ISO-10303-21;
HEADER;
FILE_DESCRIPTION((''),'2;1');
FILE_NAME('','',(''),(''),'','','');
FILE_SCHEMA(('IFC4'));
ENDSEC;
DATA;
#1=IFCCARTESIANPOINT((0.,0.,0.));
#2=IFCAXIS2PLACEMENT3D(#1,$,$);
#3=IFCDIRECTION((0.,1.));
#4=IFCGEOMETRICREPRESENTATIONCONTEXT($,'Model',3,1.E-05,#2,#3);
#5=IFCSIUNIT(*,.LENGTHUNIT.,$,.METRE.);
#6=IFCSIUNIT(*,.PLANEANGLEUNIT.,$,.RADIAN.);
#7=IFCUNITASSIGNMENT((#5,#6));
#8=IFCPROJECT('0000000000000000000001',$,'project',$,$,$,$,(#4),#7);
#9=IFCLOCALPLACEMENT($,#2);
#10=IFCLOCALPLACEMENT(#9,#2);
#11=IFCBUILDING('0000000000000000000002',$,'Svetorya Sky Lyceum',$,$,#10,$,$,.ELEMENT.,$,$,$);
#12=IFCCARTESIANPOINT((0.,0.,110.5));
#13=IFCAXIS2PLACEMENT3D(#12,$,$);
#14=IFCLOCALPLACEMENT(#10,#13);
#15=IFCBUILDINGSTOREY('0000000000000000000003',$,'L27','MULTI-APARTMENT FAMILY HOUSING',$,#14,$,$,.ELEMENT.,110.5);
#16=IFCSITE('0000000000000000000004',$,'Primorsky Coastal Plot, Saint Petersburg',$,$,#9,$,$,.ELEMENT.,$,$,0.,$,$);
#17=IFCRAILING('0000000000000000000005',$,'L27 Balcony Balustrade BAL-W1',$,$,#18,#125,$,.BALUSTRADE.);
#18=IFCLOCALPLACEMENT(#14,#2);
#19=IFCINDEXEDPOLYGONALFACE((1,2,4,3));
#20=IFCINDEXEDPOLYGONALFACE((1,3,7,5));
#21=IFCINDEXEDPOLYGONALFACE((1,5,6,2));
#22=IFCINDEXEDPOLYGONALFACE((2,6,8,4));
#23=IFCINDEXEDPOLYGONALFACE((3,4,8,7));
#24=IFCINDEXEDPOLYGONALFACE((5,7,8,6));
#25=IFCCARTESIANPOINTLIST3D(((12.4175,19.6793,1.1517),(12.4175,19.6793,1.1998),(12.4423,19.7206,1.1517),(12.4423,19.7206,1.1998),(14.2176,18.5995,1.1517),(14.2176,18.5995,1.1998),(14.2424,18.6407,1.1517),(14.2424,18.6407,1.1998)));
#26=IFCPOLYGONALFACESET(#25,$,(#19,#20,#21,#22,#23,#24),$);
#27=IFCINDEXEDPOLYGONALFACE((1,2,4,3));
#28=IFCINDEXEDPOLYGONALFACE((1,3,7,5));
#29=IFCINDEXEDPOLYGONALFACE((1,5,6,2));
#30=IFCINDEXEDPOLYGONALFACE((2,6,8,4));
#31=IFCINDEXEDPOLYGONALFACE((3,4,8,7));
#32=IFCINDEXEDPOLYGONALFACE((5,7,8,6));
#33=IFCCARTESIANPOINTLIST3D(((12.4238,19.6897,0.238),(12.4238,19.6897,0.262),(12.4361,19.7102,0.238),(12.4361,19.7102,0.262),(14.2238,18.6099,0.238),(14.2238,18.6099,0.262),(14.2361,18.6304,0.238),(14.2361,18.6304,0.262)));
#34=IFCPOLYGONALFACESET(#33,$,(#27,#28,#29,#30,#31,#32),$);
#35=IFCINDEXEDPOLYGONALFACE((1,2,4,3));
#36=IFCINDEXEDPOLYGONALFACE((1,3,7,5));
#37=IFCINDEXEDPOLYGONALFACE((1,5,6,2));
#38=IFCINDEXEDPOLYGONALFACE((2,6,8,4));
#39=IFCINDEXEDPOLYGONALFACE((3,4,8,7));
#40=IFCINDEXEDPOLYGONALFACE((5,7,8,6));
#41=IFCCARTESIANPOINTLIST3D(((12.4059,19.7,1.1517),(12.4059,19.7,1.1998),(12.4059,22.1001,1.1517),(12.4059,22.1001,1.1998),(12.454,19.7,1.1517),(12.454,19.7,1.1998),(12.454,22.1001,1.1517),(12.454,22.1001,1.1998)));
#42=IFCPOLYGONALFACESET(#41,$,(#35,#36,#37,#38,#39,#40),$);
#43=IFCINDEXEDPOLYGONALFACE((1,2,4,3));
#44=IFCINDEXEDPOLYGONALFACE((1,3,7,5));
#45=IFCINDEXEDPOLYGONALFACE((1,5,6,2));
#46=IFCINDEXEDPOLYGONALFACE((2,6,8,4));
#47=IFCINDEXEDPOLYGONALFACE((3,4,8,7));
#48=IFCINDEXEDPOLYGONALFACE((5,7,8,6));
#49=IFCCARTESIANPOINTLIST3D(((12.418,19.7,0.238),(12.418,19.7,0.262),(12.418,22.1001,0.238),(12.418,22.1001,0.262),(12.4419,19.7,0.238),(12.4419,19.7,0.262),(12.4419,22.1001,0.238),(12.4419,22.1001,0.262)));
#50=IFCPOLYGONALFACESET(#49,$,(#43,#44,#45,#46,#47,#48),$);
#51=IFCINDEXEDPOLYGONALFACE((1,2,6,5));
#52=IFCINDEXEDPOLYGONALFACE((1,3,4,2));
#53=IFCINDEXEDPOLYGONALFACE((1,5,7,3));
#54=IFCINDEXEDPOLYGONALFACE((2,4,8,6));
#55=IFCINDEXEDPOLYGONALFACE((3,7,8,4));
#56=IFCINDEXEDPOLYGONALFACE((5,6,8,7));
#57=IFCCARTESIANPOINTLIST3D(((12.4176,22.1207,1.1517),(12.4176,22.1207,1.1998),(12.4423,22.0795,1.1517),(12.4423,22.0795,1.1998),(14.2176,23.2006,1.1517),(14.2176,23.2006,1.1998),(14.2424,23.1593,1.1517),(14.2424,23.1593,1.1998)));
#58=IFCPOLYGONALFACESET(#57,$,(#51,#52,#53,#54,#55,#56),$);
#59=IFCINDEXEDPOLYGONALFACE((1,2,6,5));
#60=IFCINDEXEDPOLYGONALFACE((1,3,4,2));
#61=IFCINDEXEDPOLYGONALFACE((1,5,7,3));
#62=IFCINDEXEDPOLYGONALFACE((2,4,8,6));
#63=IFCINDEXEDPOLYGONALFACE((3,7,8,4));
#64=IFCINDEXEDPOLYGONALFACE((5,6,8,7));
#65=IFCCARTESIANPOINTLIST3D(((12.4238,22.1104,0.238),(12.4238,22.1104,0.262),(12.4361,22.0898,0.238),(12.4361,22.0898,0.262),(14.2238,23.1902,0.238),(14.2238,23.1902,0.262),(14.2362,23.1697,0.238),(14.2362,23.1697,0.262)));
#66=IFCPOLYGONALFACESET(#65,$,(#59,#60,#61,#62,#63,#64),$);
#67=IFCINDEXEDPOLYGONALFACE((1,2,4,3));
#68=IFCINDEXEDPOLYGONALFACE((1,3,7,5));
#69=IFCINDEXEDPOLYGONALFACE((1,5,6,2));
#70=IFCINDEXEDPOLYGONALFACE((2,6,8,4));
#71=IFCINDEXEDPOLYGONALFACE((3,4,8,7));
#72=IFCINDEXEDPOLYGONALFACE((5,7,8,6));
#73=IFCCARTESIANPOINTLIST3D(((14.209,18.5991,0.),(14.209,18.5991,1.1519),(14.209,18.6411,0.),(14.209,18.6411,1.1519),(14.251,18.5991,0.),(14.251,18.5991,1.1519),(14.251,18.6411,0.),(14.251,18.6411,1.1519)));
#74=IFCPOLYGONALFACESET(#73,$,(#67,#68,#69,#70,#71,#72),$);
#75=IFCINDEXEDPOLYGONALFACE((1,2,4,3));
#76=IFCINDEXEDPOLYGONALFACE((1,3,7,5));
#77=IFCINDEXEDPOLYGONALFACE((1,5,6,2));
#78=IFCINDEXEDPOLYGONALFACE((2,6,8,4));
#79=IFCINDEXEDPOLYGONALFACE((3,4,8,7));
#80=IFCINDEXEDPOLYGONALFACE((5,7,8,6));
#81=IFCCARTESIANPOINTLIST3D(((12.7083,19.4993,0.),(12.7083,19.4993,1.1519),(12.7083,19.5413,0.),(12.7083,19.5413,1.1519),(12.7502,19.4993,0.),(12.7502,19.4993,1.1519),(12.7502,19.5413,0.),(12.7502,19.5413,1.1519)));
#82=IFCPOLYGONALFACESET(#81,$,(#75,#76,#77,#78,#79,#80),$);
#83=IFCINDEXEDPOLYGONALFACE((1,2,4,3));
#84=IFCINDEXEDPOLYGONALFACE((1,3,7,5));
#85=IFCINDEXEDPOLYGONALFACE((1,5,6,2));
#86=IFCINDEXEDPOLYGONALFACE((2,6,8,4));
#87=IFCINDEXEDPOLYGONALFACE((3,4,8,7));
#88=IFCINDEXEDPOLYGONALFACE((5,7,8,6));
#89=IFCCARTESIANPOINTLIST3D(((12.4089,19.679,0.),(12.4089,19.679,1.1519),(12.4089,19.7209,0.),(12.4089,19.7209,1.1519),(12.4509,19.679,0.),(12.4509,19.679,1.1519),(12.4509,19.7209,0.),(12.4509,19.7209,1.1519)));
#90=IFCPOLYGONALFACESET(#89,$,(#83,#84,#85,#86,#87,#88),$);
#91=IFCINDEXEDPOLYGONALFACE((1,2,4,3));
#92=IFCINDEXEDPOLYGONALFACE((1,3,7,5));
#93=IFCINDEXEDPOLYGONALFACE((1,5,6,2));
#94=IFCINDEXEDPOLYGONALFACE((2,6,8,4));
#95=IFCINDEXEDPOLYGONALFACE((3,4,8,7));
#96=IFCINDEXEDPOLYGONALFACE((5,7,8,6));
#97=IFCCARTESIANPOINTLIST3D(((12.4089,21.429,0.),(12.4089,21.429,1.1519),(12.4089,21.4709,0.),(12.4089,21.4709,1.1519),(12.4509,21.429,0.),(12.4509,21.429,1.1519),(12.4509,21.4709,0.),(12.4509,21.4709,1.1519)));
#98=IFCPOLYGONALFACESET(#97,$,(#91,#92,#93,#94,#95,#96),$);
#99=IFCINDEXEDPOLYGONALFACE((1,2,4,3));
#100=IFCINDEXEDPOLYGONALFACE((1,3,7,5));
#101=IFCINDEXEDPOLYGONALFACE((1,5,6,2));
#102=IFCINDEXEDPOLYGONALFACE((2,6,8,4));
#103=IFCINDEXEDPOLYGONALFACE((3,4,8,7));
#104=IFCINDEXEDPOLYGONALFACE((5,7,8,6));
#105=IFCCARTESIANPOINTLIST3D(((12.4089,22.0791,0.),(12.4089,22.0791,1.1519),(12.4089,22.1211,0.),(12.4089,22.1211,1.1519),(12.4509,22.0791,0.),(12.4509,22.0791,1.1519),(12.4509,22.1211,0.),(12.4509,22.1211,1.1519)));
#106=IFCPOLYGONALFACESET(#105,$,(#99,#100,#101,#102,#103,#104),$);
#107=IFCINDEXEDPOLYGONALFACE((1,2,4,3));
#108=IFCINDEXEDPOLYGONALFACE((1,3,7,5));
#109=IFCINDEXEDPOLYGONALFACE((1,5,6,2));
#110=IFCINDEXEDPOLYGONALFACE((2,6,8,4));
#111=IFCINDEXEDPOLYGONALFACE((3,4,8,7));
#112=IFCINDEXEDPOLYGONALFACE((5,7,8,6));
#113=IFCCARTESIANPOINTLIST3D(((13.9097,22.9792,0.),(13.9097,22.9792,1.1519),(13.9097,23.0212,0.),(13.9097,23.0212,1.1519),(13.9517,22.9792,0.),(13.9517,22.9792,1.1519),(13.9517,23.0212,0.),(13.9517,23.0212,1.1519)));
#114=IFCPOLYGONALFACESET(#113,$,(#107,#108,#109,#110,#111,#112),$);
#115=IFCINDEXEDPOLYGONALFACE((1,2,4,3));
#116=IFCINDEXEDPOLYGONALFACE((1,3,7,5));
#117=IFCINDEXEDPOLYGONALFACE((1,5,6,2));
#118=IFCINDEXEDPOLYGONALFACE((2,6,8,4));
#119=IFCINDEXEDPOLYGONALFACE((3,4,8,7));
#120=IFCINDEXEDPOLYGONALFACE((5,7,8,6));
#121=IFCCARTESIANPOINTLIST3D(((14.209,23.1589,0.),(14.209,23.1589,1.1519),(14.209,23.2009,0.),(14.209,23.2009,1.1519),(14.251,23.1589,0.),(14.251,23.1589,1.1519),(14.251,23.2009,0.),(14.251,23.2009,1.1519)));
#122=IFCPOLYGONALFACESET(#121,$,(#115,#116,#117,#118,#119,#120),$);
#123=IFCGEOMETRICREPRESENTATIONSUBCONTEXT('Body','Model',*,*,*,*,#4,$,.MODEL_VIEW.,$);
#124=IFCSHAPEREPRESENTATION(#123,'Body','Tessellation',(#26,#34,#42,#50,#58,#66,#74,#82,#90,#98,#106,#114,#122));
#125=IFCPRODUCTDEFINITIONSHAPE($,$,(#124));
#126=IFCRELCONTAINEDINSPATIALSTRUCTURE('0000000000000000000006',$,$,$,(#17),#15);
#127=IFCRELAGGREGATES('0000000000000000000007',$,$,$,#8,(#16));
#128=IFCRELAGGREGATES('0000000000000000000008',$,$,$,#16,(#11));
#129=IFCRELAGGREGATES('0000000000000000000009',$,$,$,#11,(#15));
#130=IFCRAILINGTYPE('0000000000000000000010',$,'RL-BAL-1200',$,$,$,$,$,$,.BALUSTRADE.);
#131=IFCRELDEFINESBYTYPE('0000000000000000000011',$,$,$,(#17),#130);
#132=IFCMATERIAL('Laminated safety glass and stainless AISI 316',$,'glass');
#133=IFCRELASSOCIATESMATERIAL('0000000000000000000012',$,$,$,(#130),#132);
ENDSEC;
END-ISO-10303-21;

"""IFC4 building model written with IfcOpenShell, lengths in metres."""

from ifc_helpers import new_model, si_unit, direction, frame, origin, origin_2d, place, context, subcontext, project, spatial, rectangle, extrude, material, type_object, element, save


model = new_model("IFC4")

# Units and contexts
model_context = context("Model", 3, precision=1e-05, world=origin(), true_north=direction((0.0, 1.0)))
body_context = subcontext(model_context, "Body", "Model", "MODEL_VIEW")
ifc_project = project(units=[si_unit("LENGTHUNIT", "METRE"), si_unit("PLANEANGLEUNIT", "RADIAN")], contexts=[model_context])

# Site, building, storey
site_placement = place(None, origin())
site = spatial("IfcSite", under=ifc_project, at=site_placement, Name="Primorsky Coastal Plot, Saint Petersburg", CompositionType="ELEMENT", RefElevation=0.0)
building_placement = place(site_placement, origin())
building = spatial("IfcBuilding", under=site, at=building_placement, Name="Svetorya Sky Lyceum", CompositionType="ELEMENT")
storey_placement = place(building_placement, frame((0.0, 0.0, 110.5)))
storey = spatial("IfcBuildingStorey", under=building, at=storey_placement, Name="L27", Description="MULTI-APARTMENT FAMILY HOUSING", CompositionType="ELEMENT", Elevation=110.5)

# Railing
ifc_material_1 = material(Name="Laminated safety glass and stainless AISI 316", Category="glass")
railing_type = type_object("IfcRailingType", Name="RL-BAL-1200", PredefinedType="BALUSTRADE", material=ifc_material_1)
railing_placement = place(storey_placement, frame((14.23, 18.6201, 0.0)))
element("IfcRailing", 1, at=railing_placement, inside=storey, type_object=railing_type, Name="L27 Balcony Balustrade BAL-W1", PredefinedType="BALUSTRADE", context=body_context, shape_type="SweptSolid", body=[
    extrude(rectangle(XDim=0.0481, YDim=0.0481, at=origin_2d()), frame((0.0, 0.0, 1.1758), z_axis=(-0.857534, 0.514427, 0.0), x_axis=(-0.514427, -0.857534, 0.0)), (0.0, 0.0, 1.0), 2.0991),
    extrude(rectangle(XDim=0.0239, YDim=0.0239, at=origin_2d()), frame((0.0, 0.0, 0.25), z_axis=(-0.857534, 0.514427, 0.0), x_axis=(-0.514427, -0.857534, 0.0)), (0.0, 0.0, 1.0), 2.0991),
    extrude(rectangle(XDim=0.0481, YDim=0.0481, at=origin_2d()), frame((-1.8, 1.0798, 1.1758), z_axis=(0.0, 1.0, 0.0), x_axis=(-1.0, 0.0, 0.0)), (0.0, 0.0, 1.0), 2.4001),
    extrude(rectangle(XDim=0.0239, YDim=0.0239, at=origin_2d()), frame((-1.8, 1.0798, 0.25), z_axis=(0.0, 1.0, 0.0), x_axis=(-1.0, 0.0, 0.0)), (0.0, 0.0, 1.0), 2.4001),
    extrude(rectangle(XDim=0.0481, YDim=0.0481, at=origin_2d()), frame((-1.8, 3.48, 1.1758), z_axis=(0.857534, 0.514427, 0.0), x_axis=(-0.514427, 0.857534, 0.0)), (0.0, 0.0, 1.0), 2.0991),
    extrude(rectangle(XDim=0.0239, YDim=0.0239, at=origin_2d()), frame((-1.8, 3.48, 0.25), z_axis=(0.857534, 0.514427, 0.0), x_axis=(-0.514427, 0.857534, 0.0)), (0.0, 0.0, 1.0), 2.0991),
    extrude(rectangle(XDim=0.042, YDim=0.042, at=origin_2d()), origin(), (0.0, 0.0, 1.0), 1.1519),
    extrude(rectangle(XDim=0.042, YDim=0.042, at=origin_2d()), frame((-1.5007, 0.9001, 0.0)), (0.0, 0.0, 1.0), 1.1519),
    extrude(rectangle(XDim=0.042, YDim=0.042, at=origin_2d()), frame((-1.8, 1.0798, 0.0)), (0.0, 0.0, 1.0), 1.1519),
    extrude(rectangle(XDim=0.042, YDim=0.042, at=origin_2d()), frame((-1.8, 2.8298, 0.0)), (0.0, 0.0, 1.0), 1.1519),
    extrude(rectangle(XDim=0.042, YDim=0.042, at=origin_2d()), frame((-1.8, 3.48, 0.0)), (0.0, 0.0, 1.0), 1.1519),
    extrude(rectangle(XDim=0.042, YDim=0.042, at=origin_2d()), frame((-0.2993, 4.3801, 0.0)), (0.0, 0.0, 1.0), 1.1519),
    extrude(rectangle(XDim=0.042, YDim=0.042, at=origin_2d()), frame((0.0, 4.5598, 0.0)), (0.0, 0.0, 1.0), 1.1519),
])

save(model, "model.ifc")
